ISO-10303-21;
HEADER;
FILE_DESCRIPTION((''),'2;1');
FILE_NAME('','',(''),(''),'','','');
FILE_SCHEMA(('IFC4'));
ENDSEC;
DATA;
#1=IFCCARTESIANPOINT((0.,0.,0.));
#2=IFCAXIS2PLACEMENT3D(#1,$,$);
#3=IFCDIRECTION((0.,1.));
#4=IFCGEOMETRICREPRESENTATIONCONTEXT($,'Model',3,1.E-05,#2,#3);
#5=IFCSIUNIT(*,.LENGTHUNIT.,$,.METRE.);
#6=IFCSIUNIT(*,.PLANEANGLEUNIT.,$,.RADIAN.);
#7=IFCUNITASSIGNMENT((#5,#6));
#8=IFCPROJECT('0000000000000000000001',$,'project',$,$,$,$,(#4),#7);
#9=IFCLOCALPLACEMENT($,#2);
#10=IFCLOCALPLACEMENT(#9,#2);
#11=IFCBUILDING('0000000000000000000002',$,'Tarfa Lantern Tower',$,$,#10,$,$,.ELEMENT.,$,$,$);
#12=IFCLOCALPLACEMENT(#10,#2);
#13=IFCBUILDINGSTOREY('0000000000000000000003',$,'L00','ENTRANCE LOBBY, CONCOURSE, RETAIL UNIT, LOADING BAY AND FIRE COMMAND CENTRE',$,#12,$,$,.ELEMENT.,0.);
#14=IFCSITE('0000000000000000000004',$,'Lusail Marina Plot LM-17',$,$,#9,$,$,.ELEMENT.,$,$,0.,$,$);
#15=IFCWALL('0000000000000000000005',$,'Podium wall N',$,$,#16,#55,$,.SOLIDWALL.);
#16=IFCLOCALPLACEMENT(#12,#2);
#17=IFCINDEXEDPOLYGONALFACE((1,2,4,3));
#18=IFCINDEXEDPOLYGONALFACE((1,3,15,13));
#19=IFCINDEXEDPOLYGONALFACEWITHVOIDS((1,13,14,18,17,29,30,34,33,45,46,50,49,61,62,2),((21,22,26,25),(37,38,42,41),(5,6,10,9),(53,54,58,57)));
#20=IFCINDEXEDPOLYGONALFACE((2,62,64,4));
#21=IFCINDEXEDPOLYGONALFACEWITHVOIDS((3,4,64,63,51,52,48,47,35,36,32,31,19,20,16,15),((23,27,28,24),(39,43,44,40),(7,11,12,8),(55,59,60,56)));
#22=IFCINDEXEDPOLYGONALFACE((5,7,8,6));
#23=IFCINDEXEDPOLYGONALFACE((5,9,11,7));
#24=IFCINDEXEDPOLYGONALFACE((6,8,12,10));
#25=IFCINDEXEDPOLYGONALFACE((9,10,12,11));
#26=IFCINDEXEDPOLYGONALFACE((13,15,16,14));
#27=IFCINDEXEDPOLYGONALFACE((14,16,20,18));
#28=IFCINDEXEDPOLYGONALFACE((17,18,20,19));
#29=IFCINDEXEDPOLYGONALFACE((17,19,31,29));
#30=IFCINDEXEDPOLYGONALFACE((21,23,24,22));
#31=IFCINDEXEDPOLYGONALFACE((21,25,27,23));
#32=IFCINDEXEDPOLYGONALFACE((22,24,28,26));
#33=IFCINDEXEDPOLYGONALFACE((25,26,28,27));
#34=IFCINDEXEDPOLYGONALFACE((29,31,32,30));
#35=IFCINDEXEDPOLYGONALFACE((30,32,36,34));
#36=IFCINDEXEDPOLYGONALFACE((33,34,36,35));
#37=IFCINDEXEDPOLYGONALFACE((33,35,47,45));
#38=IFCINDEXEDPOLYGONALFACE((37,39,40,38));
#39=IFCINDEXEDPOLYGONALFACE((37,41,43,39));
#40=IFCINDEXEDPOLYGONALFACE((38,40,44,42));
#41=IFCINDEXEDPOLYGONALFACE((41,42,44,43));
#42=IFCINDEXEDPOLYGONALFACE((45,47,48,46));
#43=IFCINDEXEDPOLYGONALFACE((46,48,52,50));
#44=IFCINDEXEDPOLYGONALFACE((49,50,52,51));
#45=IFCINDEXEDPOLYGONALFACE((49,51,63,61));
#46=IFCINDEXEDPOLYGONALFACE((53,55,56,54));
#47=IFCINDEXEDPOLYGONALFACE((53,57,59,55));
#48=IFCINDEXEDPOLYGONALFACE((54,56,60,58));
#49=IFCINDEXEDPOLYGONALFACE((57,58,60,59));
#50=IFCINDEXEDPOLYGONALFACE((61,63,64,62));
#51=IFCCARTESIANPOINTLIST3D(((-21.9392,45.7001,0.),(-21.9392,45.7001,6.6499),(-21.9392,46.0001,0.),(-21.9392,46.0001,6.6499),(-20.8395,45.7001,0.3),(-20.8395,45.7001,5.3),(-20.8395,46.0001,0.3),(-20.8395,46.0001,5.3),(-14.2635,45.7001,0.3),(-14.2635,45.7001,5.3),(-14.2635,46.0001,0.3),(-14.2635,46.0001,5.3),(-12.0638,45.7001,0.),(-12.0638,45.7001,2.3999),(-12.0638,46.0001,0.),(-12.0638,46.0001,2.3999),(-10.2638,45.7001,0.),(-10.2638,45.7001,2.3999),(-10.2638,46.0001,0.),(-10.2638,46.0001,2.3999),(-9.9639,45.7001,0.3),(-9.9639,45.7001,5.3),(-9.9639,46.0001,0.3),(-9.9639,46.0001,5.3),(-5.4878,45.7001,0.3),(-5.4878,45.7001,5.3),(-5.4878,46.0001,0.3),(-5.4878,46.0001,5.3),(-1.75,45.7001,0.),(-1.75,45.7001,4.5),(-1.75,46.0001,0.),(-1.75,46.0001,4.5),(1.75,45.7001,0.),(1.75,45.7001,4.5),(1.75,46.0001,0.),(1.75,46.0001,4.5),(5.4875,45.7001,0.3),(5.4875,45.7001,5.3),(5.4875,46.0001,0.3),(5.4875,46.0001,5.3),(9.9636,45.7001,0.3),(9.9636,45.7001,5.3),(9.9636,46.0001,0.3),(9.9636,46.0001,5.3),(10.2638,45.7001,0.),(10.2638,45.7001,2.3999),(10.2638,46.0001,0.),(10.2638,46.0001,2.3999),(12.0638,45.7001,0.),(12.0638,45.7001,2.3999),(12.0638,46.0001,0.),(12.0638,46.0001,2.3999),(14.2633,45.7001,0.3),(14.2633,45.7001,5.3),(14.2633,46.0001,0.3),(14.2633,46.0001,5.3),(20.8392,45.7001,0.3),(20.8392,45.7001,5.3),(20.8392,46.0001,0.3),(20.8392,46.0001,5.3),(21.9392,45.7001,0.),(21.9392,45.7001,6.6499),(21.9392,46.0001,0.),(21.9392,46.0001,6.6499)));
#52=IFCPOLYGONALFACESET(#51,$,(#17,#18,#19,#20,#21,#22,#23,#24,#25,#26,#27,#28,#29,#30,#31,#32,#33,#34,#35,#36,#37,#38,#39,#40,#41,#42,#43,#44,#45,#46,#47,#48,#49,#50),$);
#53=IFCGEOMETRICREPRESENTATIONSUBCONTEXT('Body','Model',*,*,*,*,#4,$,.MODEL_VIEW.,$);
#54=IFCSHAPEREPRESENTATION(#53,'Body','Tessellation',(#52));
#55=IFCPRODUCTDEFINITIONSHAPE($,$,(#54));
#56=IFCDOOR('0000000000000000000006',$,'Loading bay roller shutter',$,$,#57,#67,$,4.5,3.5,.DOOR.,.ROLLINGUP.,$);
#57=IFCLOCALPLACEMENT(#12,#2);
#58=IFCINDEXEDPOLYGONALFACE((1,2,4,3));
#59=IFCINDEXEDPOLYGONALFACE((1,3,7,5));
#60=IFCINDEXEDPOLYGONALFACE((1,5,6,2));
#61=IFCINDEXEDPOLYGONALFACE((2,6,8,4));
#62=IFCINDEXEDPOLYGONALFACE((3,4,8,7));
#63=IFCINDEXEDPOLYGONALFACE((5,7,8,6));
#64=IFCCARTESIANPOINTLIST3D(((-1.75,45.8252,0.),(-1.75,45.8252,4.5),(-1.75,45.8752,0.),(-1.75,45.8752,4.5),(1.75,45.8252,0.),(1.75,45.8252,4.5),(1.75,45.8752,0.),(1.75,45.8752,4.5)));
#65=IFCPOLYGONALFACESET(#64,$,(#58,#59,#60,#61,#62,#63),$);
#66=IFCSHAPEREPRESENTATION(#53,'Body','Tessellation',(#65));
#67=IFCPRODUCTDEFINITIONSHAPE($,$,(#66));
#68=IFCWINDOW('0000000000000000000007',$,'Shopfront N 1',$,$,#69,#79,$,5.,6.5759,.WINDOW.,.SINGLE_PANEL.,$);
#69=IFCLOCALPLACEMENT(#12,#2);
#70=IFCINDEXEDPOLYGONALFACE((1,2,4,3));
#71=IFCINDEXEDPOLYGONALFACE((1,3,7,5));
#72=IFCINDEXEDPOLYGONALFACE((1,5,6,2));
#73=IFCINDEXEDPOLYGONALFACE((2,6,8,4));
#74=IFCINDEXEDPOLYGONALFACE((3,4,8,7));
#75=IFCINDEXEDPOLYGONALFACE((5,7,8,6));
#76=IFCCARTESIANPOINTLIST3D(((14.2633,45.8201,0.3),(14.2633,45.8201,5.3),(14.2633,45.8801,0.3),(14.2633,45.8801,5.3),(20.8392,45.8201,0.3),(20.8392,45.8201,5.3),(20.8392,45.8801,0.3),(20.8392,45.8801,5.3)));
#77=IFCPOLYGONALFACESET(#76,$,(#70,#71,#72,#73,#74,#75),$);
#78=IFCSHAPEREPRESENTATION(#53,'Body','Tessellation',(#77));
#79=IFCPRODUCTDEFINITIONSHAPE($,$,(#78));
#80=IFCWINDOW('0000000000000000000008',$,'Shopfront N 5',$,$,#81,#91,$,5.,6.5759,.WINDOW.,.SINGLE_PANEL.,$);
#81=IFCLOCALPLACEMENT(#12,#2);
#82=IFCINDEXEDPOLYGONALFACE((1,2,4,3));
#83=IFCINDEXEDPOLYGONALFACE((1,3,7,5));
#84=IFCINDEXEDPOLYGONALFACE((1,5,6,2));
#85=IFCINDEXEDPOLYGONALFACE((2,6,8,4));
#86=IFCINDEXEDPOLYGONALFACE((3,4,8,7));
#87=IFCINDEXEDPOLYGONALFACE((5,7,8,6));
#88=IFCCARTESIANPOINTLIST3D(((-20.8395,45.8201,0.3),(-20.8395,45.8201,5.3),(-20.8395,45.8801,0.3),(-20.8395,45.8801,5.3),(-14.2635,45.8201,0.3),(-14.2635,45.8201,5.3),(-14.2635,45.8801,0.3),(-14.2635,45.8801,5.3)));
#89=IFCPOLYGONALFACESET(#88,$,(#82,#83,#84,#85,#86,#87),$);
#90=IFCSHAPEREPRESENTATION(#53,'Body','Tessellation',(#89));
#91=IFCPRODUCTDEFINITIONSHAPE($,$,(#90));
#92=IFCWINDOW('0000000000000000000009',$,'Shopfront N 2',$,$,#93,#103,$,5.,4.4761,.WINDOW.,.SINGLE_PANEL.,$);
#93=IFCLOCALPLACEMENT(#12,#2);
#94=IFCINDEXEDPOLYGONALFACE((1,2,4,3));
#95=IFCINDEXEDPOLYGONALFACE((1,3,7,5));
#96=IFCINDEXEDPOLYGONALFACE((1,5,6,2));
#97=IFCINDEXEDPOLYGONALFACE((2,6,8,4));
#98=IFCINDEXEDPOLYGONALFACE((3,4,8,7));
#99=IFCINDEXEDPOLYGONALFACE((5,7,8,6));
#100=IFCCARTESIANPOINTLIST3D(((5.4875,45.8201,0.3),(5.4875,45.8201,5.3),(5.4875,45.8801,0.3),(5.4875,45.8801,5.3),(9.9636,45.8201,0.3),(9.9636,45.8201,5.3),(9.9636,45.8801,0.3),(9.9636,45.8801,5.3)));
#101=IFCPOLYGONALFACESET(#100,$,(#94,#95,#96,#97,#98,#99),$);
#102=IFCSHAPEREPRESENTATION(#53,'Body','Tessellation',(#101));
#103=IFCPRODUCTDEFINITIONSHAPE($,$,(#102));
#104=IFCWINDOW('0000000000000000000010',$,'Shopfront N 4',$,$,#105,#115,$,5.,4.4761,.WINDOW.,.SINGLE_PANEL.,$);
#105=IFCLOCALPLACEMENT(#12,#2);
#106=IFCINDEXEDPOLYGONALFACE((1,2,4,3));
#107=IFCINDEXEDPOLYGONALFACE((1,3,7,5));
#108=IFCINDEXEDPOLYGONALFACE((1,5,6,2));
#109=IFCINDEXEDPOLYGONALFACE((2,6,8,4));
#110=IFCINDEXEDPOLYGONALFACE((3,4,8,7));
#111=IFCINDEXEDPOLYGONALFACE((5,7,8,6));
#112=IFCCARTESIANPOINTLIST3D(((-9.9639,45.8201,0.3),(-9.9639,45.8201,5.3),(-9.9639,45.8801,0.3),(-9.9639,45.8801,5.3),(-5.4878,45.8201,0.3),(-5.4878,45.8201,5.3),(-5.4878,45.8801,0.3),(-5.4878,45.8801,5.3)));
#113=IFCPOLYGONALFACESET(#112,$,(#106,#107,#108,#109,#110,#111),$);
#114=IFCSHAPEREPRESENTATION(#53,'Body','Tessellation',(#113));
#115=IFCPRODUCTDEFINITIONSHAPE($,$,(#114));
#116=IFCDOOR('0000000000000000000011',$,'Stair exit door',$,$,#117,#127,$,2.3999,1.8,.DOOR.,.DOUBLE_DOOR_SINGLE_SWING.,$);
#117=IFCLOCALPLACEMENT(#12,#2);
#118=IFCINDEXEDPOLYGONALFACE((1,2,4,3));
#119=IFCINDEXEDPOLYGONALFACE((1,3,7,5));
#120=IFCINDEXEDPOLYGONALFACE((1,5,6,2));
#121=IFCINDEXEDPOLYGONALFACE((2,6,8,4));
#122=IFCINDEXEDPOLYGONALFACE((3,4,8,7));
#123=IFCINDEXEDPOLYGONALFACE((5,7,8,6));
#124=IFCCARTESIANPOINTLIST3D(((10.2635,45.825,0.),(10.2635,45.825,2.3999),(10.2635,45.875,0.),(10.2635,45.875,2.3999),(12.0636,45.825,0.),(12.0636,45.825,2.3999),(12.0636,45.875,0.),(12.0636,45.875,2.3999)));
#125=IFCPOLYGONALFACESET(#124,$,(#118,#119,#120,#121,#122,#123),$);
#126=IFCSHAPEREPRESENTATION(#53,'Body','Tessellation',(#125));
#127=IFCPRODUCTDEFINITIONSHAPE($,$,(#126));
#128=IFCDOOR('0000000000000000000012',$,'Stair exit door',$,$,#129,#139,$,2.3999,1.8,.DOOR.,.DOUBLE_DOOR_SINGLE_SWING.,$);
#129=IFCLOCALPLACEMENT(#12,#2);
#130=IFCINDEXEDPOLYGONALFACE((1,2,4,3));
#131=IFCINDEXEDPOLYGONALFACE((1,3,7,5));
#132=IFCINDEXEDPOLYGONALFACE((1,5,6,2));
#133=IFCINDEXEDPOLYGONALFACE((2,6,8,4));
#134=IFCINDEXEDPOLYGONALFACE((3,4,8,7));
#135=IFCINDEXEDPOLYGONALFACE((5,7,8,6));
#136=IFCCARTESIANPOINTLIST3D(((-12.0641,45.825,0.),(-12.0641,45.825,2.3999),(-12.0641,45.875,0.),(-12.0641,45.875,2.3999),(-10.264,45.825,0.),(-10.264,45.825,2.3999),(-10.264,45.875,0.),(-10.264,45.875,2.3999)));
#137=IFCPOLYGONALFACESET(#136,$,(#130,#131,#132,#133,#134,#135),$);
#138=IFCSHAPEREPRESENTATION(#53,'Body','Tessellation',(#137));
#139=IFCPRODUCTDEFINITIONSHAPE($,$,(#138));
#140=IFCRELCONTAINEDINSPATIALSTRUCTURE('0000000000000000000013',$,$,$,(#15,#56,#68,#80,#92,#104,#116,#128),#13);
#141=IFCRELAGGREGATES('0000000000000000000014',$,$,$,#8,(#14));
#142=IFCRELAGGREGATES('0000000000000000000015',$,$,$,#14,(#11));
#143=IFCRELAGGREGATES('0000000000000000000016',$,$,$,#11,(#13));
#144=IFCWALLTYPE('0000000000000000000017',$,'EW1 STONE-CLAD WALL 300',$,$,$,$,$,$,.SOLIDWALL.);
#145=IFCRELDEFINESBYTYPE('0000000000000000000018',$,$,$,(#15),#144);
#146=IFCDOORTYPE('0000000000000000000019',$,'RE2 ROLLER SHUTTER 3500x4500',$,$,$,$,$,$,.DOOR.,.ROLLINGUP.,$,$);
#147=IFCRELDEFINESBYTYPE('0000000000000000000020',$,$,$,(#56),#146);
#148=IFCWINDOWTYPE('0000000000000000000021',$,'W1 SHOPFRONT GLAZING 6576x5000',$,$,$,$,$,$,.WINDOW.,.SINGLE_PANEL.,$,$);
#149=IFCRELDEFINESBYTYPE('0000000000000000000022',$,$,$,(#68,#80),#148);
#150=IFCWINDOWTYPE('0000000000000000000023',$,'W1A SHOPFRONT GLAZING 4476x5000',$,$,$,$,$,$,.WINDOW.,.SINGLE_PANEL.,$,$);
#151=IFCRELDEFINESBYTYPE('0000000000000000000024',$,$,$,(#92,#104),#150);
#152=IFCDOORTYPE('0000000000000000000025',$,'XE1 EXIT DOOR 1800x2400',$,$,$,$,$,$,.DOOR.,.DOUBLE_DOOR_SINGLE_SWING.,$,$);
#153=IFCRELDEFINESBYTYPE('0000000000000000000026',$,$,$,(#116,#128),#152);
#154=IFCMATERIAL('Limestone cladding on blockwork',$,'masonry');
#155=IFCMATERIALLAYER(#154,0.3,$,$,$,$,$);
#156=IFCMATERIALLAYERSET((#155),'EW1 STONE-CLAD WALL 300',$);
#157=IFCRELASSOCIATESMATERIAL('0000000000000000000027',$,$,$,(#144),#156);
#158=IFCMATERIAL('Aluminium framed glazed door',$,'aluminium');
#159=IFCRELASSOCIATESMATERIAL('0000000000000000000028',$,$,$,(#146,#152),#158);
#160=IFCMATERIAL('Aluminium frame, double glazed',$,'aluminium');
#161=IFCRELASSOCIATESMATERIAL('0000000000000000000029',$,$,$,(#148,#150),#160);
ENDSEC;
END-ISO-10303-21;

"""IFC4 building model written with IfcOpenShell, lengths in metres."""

from ifc_helpers import new_model, si_unit, direction, frame, frame_2d, origin, place, context, subcontext, project, spatial, rectangle, extrude, material, layer, layer_set, type_object, element, fill, save


model = new_model("IFC4")

# Units and contexts
model_context = context("Model", 3, precision=1e-05, world=origin(), true_north=direction((0.0, 1.0)))
body_context = subcontext(model_context, "Body", "Model", "MODEL_VIEW")
ifc_project = project(units=[si_unit("LENGTHUNIT", "METRE"), si_unit("PLANEANGLEUNIT", "RADIAN")], contexts=[model_context])

# Site, building, storey
site_placement = place(None, origin())
site = spatial("IfcSite", under=ifc_project, at=site_placement, Name="Lusail Marina Plot LM-17", CompositionType="ELEMENT", RefElevation=0.0)
building_placement = place(site_placement, origin())
building = spatial("IfcBuilding", under=site, at=building_placement, Name="Tarfa Lantern Tower", CompositionType="ELEMENT")
storey_placement = place(building_placement, origin())
storey = spatial("IfcBuildingStorey", under=building, at=storey_placement, Name="L00", Description="ENTRANCE LOBBY, CONCOURSE, RETAIL UNIT, LOADING BAY AND FIRE COMMAND CENTRE", CompositionType="ELEMENT", Elevation=0.0)

# Wall, openings, doors, windows
ifc_material_1 = material(Name="Limestone cladding on blockwork", Category="masonry")
ifc_layer_1 = layer(ifc_material_1, 0.3)
ifc_layer_set_1 = layer_set([ifc_layer_1], Name="EW1 STONE-CLAD WALL 300")
wall_type_1 = type_object("IfcWallType", Name="EW1 STONE-CLAD WALL 300", PredefinedType="SOLIDWALL", material=ifc_layer_set_1)
wall_1_placement = place(storey_placement, frame((21.9392, 45.8501, 0.0), z_axis=(0.0, 0.0, 1.0), x_axis=(-1.0, 0.0, 0.0)))
wall_1 = element("IfcWall", 1, at=wall_1_placement, inside=storey, type_object=wall_type_1, Name="Podium wall N", PredefinedType="SOLIDWALL", context=body_context, shape_type="SweptSolid", body=[
    extrude(rectangle(XDim=43.8784, YDim=0.3, at=frame_2d((21.9392, 0.0))), origin(), (0.0, 0.0, 1.0), 6.6499),
])
opening_1_placement = place(wall_1_placement, frame((1.0999, 0.0, 0.3)))
opening_1 = element("IfcOpeningElement", 2, at=opening_1_placement, cuts=wall_1, PredefinedType="OPENING", context=body_context, shape_type="SweptSolid", body=[
    extrude(rectangle(XDim=6.5759, YDim=5.0, at=frame_2d((3.2881, 2.5))), frame((0.0, 0.1599, 0.0), z_axis=(0.0, -1.0, 0.0), x_axis=(1.0, 0.0, 0.0)), (0.0, 0.0, 1.0), 0.3201),
])
opening_2_placement = place(wall_1_placement, frame((9.8755, 0.0, 0.0)))
opening_2 = element("IfcOpeningElement", 3, at=opening_2_placement, cuts=wall_1, PredefinedType="OPENING", context=body_context, shape_type="SweptSolid", body=[
    extrude(rectangle(XDim=1.8, YDim=2.3999, at=frame_2d((0.8999, 1.2))), frame((0.0, 0.1599, 0.0), z_axis=(0.0, -1.0, 0.0), x_axis=(1.0, 0.0, 0.0)), (0.0, 0.0, 1.0), 0.3201),
])
opening_3_placement = place(wall_1_placement, frame((11.9756, 0.0, 0.3)))
opening_3 = element("IfcOpeningElement", 4, at=opening_3_placement, cuts=wall_1, PredefinedType="OPENING", context=body_context, shape_type="SweptSolid", body=[
    extrude(rectangle(XDim=4.4761, YDim=5.0, at=frame_2d((2.238, 2.5))), frame((0.0, 0.1599, 0.0), z_axis=(0.0, -1.0, 0.0), x_axis=(1.0, 0.0, 0.0)), (0.0, 0.0, 1.0), 0.3201),
])
opening_4_placement = place(wall_1_placement, frame((20.1892, 0.0, 0.0)))
opening_4 = element("IfcOpeningElement", 5, at=opening_4_placement, cuts=wall_1, PredefinedType="OPENING", context=body_context, shape_type="SweptSolid", body=[
    extrude(rectangle(XDim=3.5, YDim=4.5, at=frame_2d((1.75, 2.25))), frame((0.0, 0.1599, 0.0), z_axis=(0.0, -1.0, 0.0), x_axis=(1.0, 0.0, 0.0)), (0.0, 0.0, 1.0), 0.3201),
])
opening_5_placement = place(wall_1_placement, frame((32.2031, 0.0, 0.0)))
opening_5 = element("IfcOpeningElement", 6, at=opening_5_placement, cuts=wall_1, PredefinedType="OPENING", context=body_context, shape_type="SweptSolid", body=[
    extrude(rectangle(XDim=1.8, YDim=2.3999, at=frame_2d((0.8999, 1.2))), frame((0.0, 0.1599, 0.0), z_axis=(0.0, -1.0, 0.0), x_axis=(1.0, 0.0, 0.0)), (0.0, 0.0, 1.0), 0.3201),
])
opening_6_placement = place(wall_1_placement, frame((27.427, 0.0, 0.3)))
opening_6 = element("IfcOpeningElement", 7, at=opening_6_placement, cuts=wall_1, PredefinedType="OPENING", context=body_context, shape_type="SweptSolid", body=[
    extrude(rectangle(XDim=4.4761, YDim=5.0, at=frame_2d((2.238, 2.5))), frame((0.0, 0.1599, 0.0), z_axis=(0.0, -1.0, 0.0), x_axis=(1.0, 0.0, 0.0)), (0.0, 0.0, 1.0), 0.3201),
])
opening_7_placement = place(wall_1_placement, frame((36.2026, 0.0, 0.3)))
opening_7 = element("IfcOpeningElement", 8, at=opening_7_placement, cuts=wall_1, PredefinedType="OPENING", context=body_context, shape_type="SweptSolid", body=[
    extrude(rectangle(XDim=6.5759, YDim=5.0, at=frame_2d((3.2881, 2.5))), frame((0.0, 0.1599, 0.0), z_axis=(0.0, -1.0, 0.0), x_axis=(1.0, 0.0, 0.0)), (0.0, 0.0, 1.0), 0.3201),
])
ifc_material_2 = material(Name="Aluminium framed glazed door", Category="aluminium")
door_type_1 = type_object("IfcDoorType", Name="RE2 ROLLER SHUTTER 3500x4500", OperationType="ROLLINGUP", PredefinedType="DOOR", material=ifc_material_2)
door_1_placement = place(opening_4_placement, origin())
door_1 = element("IfcDoor", 9, at=door_1_placement, inside=storey, type_object=door_type_1, Name="Loading bay roller shutter", OperationType="ROLLINGUP", OverallHeight=4.5, OverallWidth=3.5, PredefinedType="DOOR", context=body_context, shape_type="SweptSolid", body=[
    extrude(rectangle(XDim=3.5, YDim=4.5, at=frame_2d((1.75, 2.25))), frame((0.0, 0.0249, 0.0), z_axis=(0.0, -1.0, 0.0), x_axis=(1.0, 0.0, 0.0)), (0.0, 0.0, 1.0), 0.05),
])
fill(opening_4, door_1)
ifc_material_3 = material(Name="Aluminium frame, double glazed", Category="aluminium")
window_type_1 = type_object("IfcWindowType", Name="W1 SHOPFRONT GLAZING 6576x5000", PartitioningType="SINGLE_PANEL", PredefinedType="WINDOW", material=ifc_material_3)
window_1_placement = place(opening_1_placement, origin())
window_1 = element("IfcWindow", 10, at=window_1_placement, inside=storey, type_object=window_type_1, Name="Shopfront N 1", OverallHeight=5.0, OverallWidth=6.5759, PartitioningType="SINGLE_PANEL", PredefinedType="WINDOW", context=body_context, shape_type="SweptSolid", body=[
    extrude(rectangle(XDim=6.5759, YDim=5.0, at=frame_2d((3.2881, 2.5))), frame((0.0, 0.03, 0.0), z_axis=(0.0, -1.0, 0.0), x_axis=(1.0, 0.0, 0.0)), (0.0, 0.0, 1.0), 0.0601),
])
fill(opening_1, window_1)
window_2_placement = place(opening_7_placement, origin())
window_2 = element("IfcWindow", 11, at=window_2_placement, inside=storey, type_object=window_type_1, Name="Shopfront N 5", OverallHeight=5.0, OverallWidth=6.5759, PartitioningType="SINGLE_PANEL", PredefinedType="WINDOW", context=body_context, shape_type="SweptSolid", body=[
    extrude(rectangle(XDim=6.5759, YDim=5.0, at=frame_2d((3.2881, 2.5))), frame((0.0, 0.03, 0.0), z_axis=(0.0, -1.0, 0.0), x_axis=(1.0, 0.0, 0.0)), (0.0, 0.0, 1.0), 0.0601),
])
fill(opening_7, window_2)
window_type_2 = type_object("IfcWindowType", Name="W1A SHOPFRONT GLAZING 4476x5000", PartitioningType="SINGLE_PANEL", PredefinedType="WINDOW", material=ifc_material_3)
window_3_placement = place(opening_3_placement, origin())
window_3 = element("IfcWindow", 12, at=window_3_placement, inside=storey, type_object=window_type_2, Name="Shopfront N 2", OverallHeight=5.0, OverallWidth=4.4761, PartitioningType="SINGLE_PANEL", PredefinedType="WINDOW", context=body_context, shape_type="SweptSolid", body=[
    extrude(rectangle(XDim=4.4761, YDim=5.0, at=frame_2d((2.238, 2.5))), frame((0.0, 0.03, 0.0), z_axis=(0.0, -1.0, 0.0), x_axis=(1.0, 0.0, 0.0)), (0.0, 0.0, 1.0), 0.0601),
])
fill(opening_3, window_3)
window_4_placement = place(opening_6_placement, origin())
window_4 = element("IfcWindow", 13, at=window_4_placement, inside=storey, type_object=window_type_2, Name="Shopfront N 4", OverallHeight=5.0, OverallWidth=4.4761, PartitioningType="SINGLE_PANEL", PredefinedType="WINDOW", context=body_context, shape_type="SweptSolid", body=[
    extrude(rectangle(XDim=4.4761, YDim=5.0, at=frame_2d((2.238, 2.5))), frame((0.0, 0.03, 0.0), z_axis=(0.0, -1.0, 0.0), x_axis=(1.0, 0.0, 0.0)), (0.0, 0.0, 1.0), 0.0601),
])
fill(opening_6, window_4)
door_type_2 = type_object("IfcDoorType", Name="XE1 EXIT DOOR 1800x2400", OperationType="DOUBLE_DOOR_SINGLE_SWING", PredefinedType="DOOR", material=ifc_material_2)
door_2_placement = place(opening_2_placement, frame((1.8, 0.0, 0.0), z_axis=(0.0, 0.0, 1.0), x_axis=(-1.0, 0.0, 0.0)))
door_2 = element("IfcDoor", 14, at=door_2_placement, inside=storey, type_object=door_type_2, Name="Stair exit door", OperationType="DOUBLE_DOOR_SINGLE_SWING", OverallHeight=2.3999, OverallWidth=1.8, PredefinedType="DOOR", context=body_context, shape_type="SweptSolid", body=[
    extrude(rectangle(XDim=1.8, YDim=2.3999, at=frame_2d((0.8999, 1.2))), frame((0.0, 0.0249, 0.0), z_axis=(0.0, -1.0, 0.0), x_axis=(1.0, 0.0, 0.0)), (0.0, 0.0, 1.0), 0.05),
])
fill(opening_2, door_2)
door_3_placement = place(opening_5_placement, frame((1.8, 0.0, 0.0), z_axis=(0.0, 0.0, 1.0), x_axis=(-1.0, 0.0, 0.0)))
door_3 = element("IfcDoor", 15, at=door_3_placement, inside=storey, type_object=door_type_2, Name="Stair exit door", OperationType="DOUBLE_DOOR_SINGLE_SWING", OverallHeight=2.3999, OverallWidth=1.8, PredefinedType="DOOR", context=body_context, shape_type="SweptSolid", body=[
    extrude(rectangle(XDim=1.8, YDim=2.3999, at=frame_2d((0.8999, 1.2))), frame((0.0, 0.0249, 0.0), z_axis=(0.0, -1.0, 0.0), x_axis=(1.0, 0.0, 0.0)), (0.0, 0.0, 1.0), 0.05),
])
fill(opening_5, door_3)

save(model, "model.ifc")
